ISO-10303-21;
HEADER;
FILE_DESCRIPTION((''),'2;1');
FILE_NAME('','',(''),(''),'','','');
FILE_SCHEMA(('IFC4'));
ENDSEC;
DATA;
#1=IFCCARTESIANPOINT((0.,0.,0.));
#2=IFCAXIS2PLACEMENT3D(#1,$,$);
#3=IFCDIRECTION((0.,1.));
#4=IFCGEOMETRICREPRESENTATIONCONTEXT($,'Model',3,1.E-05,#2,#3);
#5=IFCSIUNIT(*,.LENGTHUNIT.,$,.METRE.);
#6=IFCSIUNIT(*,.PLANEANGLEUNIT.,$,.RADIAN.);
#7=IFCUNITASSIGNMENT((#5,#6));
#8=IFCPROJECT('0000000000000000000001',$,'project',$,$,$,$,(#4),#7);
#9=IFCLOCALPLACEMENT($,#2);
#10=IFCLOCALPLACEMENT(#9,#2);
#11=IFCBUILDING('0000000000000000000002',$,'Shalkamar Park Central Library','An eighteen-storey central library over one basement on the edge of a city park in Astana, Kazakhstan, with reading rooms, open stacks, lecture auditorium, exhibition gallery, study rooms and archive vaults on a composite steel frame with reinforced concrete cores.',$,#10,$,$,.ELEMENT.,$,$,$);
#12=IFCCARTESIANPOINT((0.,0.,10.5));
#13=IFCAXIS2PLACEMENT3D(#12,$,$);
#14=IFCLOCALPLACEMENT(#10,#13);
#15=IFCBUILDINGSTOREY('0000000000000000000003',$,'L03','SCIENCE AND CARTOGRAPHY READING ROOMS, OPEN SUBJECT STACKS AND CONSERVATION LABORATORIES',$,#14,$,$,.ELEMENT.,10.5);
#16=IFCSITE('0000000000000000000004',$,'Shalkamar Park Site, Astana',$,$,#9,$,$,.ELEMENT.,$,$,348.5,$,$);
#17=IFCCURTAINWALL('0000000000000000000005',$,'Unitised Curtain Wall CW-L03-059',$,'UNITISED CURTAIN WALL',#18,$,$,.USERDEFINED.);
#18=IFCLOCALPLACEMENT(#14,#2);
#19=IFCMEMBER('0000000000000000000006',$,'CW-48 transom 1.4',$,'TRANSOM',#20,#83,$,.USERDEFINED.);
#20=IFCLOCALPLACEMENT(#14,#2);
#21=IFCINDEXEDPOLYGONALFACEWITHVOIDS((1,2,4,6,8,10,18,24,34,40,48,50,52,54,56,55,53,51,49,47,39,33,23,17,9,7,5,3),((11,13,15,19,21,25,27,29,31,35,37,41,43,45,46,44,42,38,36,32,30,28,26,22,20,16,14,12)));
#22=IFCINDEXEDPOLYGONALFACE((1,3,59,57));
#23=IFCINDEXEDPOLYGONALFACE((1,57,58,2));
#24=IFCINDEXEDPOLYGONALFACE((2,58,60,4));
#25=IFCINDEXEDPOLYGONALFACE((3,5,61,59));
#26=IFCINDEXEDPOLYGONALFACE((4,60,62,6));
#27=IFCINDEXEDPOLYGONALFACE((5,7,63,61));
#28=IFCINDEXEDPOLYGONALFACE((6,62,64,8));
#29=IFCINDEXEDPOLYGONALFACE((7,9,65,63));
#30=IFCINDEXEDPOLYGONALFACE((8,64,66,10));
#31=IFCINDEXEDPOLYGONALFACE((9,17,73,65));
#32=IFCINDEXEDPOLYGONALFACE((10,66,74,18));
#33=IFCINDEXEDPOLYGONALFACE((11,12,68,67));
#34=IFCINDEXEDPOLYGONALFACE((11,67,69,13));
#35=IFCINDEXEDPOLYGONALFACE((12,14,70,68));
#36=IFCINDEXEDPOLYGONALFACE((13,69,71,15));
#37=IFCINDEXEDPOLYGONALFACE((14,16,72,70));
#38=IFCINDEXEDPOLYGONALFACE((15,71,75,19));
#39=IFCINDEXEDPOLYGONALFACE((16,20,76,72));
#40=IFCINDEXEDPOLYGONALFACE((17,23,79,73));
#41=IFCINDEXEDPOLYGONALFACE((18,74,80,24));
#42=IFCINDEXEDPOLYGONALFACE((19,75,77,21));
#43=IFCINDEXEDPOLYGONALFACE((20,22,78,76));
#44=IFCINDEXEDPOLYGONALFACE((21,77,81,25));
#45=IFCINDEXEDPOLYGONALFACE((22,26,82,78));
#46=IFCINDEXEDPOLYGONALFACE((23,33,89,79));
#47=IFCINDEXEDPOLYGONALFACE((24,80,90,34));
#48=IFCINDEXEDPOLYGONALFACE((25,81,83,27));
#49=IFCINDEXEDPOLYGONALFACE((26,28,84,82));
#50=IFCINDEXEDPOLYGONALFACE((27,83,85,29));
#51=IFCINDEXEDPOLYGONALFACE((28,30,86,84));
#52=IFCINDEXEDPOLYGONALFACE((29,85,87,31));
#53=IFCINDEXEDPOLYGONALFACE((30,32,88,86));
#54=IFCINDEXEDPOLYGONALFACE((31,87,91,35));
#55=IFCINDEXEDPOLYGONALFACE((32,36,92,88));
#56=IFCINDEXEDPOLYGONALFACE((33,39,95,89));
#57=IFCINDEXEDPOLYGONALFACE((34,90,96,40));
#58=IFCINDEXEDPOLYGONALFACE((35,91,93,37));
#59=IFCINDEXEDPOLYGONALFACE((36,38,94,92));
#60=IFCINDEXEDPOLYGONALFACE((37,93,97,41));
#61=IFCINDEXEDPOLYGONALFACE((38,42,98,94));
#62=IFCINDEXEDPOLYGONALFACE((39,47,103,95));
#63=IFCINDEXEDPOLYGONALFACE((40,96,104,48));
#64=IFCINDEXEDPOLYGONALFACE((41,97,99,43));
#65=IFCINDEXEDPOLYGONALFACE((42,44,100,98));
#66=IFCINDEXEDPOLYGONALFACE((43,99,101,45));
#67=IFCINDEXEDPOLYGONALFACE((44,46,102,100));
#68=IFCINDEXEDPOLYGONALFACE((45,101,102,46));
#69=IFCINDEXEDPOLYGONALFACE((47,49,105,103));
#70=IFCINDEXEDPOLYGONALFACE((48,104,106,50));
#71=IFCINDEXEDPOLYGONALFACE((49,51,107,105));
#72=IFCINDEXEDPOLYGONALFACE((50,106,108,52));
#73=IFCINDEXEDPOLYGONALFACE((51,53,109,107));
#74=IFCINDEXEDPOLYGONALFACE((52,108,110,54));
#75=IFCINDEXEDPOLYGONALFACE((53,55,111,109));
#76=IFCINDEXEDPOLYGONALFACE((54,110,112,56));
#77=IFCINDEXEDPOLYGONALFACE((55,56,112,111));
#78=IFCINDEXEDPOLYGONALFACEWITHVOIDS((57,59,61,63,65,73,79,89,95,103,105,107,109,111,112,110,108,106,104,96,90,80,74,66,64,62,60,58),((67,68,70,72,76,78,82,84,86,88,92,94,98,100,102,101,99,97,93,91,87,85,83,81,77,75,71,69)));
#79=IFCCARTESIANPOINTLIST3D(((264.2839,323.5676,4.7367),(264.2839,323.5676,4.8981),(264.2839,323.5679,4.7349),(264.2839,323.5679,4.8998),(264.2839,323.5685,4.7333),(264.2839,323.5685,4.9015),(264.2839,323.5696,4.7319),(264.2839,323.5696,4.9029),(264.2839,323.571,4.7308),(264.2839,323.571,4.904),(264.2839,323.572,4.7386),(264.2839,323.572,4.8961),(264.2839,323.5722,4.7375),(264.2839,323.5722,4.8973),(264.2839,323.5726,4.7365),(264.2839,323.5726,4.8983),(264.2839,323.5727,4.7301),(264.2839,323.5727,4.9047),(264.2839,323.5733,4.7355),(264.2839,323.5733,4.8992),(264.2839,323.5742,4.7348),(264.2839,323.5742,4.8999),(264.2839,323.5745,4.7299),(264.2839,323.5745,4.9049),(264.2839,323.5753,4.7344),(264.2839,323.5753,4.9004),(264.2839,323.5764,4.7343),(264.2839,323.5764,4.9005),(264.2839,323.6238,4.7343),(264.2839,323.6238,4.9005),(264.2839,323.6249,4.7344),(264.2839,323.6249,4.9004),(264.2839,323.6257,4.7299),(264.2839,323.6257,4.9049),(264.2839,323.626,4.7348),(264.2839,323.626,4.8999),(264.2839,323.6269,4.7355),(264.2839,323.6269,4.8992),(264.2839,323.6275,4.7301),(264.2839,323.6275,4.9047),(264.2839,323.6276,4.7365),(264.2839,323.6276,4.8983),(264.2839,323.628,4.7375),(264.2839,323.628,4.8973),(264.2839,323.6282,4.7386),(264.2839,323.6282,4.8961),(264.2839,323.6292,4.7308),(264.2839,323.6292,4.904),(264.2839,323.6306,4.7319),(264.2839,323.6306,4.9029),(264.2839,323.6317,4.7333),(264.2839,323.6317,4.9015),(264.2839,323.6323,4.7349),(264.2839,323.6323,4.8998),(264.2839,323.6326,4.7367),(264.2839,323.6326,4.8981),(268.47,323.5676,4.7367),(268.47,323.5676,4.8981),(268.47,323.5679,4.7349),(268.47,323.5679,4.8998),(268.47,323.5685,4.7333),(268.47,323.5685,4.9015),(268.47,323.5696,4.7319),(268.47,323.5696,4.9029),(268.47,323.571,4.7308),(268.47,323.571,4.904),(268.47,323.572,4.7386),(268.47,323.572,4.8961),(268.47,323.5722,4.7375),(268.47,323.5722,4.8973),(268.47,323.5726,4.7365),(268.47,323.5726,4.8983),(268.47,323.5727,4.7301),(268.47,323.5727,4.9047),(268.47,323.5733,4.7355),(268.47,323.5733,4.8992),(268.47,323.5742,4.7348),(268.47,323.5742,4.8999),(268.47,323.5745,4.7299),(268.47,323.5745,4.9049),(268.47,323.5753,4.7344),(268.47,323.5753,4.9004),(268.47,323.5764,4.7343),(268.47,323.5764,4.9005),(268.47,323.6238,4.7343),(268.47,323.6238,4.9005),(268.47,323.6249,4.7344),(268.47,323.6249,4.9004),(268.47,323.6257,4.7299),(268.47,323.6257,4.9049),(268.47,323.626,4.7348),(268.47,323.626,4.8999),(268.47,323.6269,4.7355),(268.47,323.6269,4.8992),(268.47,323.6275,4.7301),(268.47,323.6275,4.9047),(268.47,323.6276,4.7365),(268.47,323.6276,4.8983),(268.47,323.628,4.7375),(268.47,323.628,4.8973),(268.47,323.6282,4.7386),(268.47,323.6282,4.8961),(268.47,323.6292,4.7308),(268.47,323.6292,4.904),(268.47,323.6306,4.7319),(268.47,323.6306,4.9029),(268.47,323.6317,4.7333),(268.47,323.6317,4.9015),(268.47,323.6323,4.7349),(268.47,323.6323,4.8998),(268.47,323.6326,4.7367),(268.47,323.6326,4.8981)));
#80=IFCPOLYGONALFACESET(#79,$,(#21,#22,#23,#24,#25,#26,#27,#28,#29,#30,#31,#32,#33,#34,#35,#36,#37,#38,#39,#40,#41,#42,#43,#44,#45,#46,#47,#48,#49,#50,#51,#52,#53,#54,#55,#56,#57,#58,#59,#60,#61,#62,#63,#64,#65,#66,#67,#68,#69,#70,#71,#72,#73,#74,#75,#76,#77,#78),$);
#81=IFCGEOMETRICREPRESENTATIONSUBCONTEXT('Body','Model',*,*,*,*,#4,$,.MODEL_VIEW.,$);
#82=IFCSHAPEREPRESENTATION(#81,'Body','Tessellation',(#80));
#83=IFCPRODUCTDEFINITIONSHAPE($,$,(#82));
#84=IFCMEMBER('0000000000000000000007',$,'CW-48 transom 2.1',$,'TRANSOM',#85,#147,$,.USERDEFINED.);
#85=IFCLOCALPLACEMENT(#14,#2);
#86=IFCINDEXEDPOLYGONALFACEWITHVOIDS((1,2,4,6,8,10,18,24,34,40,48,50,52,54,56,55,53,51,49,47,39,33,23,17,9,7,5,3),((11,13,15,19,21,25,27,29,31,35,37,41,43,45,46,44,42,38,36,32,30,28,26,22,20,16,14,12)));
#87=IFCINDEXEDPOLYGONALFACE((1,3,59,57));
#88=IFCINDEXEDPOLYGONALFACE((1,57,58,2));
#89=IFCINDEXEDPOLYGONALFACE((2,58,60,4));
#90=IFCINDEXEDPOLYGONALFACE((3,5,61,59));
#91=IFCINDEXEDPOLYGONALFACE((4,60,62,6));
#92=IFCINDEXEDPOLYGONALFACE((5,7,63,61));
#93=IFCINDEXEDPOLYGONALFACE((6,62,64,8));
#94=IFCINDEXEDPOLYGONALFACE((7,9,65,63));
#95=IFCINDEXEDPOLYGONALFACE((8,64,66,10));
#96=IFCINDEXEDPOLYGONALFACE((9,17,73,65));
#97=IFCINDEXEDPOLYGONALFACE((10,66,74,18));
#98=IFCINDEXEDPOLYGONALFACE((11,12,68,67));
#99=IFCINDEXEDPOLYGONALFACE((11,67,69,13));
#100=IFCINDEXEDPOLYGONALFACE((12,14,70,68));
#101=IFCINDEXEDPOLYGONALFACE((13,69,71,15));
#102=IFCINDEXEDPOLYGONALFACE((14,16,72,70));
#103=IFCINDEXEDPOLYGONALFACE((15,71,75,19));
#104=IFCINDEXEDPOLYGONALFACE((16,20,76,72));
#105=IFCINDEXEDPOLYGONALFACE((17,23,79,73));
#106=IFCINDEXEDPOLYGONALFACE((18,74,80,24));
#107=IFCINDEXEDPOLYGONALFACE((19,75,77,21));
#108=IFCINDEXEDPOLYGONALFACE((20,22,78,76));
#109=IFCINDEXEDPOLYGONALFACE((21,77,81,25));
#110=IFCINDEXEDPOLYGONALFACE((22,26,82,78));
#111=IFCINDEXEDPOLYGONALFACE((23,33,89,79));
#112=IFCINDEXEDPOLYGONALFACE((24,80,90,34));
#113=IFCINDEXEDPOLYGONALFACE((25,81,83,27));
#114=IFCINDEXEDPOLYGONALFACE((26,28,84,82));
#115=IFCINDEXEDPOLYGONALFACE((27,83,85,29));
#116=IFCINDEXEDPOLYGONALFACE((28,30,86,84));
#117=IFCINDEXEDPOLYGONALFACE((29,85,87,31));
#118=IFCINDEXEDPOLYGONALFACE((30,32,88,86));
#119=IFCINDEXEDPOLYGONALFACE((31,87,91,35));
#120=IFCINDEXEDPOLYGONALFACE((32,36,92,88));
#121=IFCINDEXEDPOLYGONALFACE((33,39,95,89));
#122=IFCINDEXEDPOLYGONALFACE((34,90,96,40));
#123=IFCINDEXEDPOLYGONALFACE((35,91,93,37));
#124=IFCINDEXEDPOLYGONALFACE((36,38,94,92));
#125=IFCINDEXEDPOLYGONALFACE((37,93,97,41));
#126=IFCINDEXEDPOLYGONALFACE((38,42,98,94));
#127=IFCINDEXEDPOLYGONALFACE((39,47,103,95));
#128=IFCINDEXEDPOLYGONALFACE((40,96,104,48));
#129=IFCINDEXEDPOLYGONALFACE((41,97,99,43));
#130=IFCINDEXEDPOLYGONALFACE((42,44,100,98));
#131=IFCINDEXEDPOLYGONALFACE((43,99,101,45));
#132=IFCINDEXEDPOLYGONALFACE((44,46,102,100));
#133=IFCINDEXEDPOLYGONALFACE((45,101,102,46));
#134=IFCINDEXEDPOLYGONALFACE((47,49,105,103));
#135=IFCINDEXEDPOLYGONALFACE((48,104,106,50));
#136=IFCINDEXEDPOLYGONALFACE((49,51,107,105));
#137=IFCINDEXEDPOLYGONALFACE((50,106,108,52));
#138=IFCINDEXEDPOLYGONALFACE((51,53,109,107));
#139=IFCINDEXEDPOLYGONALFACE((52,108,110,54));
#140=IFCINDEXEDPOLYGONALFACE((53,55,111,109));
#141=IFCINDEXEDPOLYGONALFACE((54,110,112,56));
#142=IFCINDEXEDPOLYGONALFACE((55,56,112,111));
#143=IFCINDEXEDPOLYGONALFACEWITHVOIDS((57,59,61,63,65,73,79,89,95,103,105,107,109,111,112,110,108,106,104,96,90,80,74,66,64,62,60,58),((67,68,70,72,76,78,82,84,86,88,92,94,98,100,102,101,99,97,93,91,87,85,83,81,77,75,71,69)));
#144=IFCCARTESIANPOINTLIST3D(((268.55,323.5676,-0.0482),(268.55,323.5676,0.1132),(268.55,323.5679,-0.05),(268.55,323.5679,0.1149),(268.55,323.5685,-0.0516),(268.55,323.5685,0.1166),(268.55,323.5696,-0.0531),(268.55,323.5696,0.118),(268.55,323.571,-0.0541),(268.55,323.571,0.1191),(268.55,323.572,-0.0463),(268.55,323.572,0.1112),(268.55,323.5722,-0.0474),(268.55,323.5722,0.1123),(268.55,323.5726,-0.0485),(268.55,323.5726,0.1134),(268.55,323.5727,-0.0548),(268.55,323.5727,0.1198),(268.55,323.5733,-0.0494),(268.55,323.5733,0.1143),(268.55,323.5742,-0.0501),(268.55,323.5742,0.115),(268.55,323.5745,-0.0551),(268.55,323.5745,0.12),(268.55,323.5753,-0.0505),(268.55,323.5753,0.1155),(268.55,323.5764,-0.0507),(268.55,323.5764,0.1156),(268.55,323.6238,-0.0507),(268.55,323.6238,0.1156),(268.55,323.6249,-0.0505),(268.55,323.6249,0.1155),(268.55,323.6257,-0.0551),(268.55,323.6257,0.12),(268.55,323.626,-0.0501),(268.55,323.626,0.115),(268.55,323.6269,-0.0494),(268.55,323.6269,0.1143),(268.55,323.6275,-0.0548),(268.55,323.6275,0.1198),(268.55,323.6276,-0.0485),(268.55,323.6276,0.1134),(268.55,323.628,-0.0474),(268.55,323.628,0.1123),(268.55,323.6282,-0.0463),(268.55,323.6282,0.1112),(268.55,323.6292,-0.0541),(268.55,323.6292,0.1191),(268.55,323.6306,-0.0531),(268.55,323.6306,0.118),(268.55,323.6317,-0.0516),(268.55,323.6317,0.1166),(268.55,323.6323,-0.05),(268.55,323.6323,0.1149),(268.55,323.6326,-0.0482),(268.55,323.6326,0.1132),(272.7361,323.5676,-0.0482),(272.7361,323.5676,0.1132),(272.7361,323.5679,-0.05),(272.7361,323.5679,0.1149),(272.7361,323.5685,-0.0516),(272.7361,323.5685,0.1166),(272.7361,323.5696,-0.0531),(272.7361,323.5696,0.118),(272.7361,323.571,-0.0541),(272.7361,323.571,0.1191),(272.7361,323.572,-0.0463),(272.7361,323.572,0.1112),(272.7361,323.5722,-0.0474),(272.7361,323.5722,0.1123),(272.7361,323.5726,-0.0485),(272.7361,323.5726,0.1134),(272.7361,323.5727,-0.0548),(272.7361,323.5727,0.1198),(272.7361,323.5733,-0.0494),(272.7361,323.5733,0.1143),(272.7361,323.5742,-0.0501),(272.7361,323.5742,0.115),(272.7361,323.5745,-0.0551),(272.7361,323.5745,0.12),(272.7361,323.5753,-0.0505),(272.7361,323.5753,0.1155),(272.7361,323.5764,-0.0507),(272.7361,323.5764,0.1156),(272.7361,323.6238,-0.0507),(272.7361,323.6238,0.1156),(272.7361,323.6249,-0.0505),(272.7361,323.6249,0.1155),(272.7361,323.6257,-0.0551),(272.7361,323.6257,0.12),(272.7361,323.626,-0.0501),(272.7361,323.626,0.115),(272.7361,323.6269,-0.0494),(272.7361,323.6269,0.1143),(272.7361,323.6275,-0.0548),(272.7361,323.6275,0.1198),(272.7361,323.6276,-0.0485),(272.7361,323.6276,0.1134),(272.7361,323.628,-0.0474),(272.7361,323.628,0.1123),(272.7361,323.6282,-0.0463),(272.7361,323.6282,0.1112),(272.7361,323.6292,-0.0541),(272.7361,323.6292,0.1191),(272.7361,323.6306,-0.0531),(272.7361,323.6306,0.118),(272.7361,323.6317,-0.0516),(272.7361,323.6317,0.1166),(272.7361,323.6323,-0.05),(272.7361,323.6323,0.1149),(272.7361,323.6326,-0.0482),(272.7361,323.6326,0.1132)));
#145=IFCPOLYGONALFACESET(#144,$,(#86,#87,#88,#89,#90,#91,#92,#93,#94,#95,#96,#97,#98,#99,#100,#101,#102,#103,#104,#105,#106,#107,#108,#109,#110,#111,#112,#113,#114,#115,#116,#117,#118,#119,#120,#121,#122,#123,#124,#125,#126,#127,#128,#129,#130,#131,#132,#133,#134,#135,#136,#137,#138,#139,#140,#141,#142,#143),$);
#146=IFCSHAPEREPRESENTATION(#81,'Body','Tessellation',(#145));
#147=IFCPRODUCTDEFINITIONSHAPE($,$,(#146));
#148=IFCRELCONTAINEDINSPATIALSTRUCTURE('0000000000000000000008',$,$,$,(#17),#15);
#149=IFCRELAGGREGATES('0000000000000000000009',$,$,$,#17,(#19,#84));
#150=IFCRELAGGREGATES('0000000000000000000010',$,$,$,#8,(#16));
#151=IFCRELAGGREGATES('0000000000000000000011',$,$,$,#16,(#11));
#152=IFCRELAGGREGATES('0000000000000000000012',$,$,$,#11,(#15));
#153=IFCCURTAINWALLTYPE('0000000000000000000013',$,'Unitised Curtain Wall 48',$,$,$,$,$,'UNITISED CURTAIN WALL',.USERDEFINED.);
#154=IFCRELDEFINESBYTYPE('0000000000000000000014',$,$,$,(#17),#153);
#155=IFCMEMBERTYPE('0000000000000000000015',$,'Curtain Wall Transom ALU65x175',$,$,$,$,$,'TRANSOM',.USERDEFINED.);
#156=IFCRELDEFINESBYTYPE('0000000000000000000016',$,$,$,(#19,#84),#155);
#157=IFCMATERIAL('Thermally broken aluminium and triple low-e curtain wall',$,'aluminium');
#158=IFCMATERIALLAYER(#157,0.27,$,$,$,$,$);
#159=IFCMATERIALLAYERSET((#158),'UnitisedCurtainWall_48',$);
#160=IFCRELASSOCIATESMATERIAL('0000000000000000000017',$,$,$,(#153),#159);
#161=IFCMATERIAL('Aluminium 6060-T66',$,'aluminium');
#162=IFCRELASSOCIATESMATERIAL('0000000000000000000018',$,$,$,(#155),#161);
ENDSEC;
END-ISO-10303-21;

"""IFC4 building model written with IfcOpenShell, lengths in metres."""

from ifc_helpers import new_model, si_unit, direction, frame, origin, origin_2d, place, context, subcontext, project, spatial, hollow_rectangle, extrude, material, layer, layer_set, material_profile, profile_set, type_object, element, aggregate, save


model = new_model("IFC4")

# Units and contexts
model_context = context("Model", 3, precision=1e-05, world=origin(), true_north=direction((0.0, 1.0)))
body_context = subcontext(model_context, "Body", "Model", "MODEL_VIEW")
ifc_project = project(units=[si_unit("LENGTHUNIT", "METRE"), si_unit("PLANEANGLEUNIT", "RADIAN")], contexts=[model_context])

# Site, building, storey
site_placement = place(None, origin())
site = spatial("IfcSite", under=ifc_project, at=site_placement, Name="Shalkamar Park Site, Astana", CompositionType="ELEMENT", RefElevation=348.5)
building_placement = place(site_placement, origin())
building = spatial("IfcBuilding", under=site, at=building_placement, Name="Shalkamar Park Central Library", Description="An eighteen-storey central library over one basement on the edge of a city park in Astana, Kazakhstan, with reading rooms, open stacks, lecture auditorium, exhibition gallery, study rooms and archive vaults on a composite steel frame with reinforced concrete cores.", CompositionType="ELEMENT")
storey_placement = place(building_placement, frame((0.0, 0.0, 10.5)))
storey = spatial("IfcBuildingStorey", under=building, at=storey_placement, Name="L03", Description="SCIENCE AND CARTOGRAPHY READING ROOMS, OPEN SUBJECT STACKS AND CONSERVATION LABORATORIES", CompositionType="ELEMENT", Elevation=10.5)

# Shared definitions
ifc_material_1 = material(Name="Thermally broken aluminium and triple low-e curtain wall", Category="aluminium")
ifc_material_2 = material(Name="Aluminium 6060-T66", Category="aluminium")

# Curtain wall, members
ifc_layer_1 = layer(ifc_material_1, 0.27)
ifc_layer_set_1 = layer_set([ifc_layer_1], Name="UnitisedCurtainWall_48")
curtain_wall_type_1 = type_object("IfcCurtainWallType", Name="Unitised Curtain Wall 48", ElementType="UNITISED CURTAIN WALL", PredefinedType="USERDEFINED", material=ifc_layer_set_1)
curtain_wall_1_placement = place(storey_placement, origin())
curtain_wall_1 = element("IfcCurtainWall", 1, at=curtain_wall_1_placement, inside=storey, type_object=curtain_wall_type_1, Name="Unitised Curtain Wall CW-L03-059", ObjectType="UNITISED CURTAIN WALL", PredefinedType="USERDEFINED")
ifc_material_profile_1 = material_profile(ifc_material_2, hollow_rectangle(XDim=0.0649, YDim=0.175, WallThickness=0.0044, InnerFilletRadius=0.0044, OuterFilletRadius=0.0068, at=origin_2d()), Name="ALU 65x175x4.5")
ifc_profile_set_1 = profile_set([ifc_material_profile_1], Name="Aluminium 6060-T66")
member_type_1 = type_object("IfcMemberType", Name="Curtain Wall Transom ALU65x175", ElementType="TRANSOM", PredefinedType="USERDEFINED", material=ifc_profile_set_1)
member_1_placement = place(storey_placement, frame((264.2839, 323.6001, 4.8174), z_axis=(1.0, 0.0, 0.0), x_axis=(0.0, 1.0, 0.0)))
member_1 = element("IfcMember", 2, at=member_1_placement, type_object=member_type_1, Name="CW-48 transom 1.4", ObjectType="TRANSOM", PredefinedType="USERDEFINED", context=body_context, shape_type="SweptSolid", body=[
    extrude(hollow_rectangle(XDim=0.0649, YDim=0.175, WallThickness=0.0044, InnerFilletRadius=0.0044, OuterFilletRadius=0.0068, at=origin_2d()), origin(), (0.0, 0.0, 1.0), 4.186),
])
member_2_placement = place(storey_placement, frame((268.55, 323.6001, 0.0325), z_axis=(1.0, 0.0, 0.0), x_axis=(0.0, 1.0, 0.0)))
member_2 = element("IfcMember", 3, at=member_2_placement, type_object=member_type_1, Name="CW-48 transom 2.1", ObjectType="TRANSOM", PredefinedType="USERDEFINED", context=body_context, shape_type="SweptSolid", body=[
    extrude(hollow_rectangle(XDim=0.0649, YDim=0.175, WallThickness=0.0044, InnerFilletRadius=0.0044, OuterFilletRadius=0.0068, at=origin_2d()), origin(), (0.0, 0.0, 1.0), 4.186),
])

aggregate(curtain_wall_1, [member_1, member_2])

save(model, "model.ifc")
